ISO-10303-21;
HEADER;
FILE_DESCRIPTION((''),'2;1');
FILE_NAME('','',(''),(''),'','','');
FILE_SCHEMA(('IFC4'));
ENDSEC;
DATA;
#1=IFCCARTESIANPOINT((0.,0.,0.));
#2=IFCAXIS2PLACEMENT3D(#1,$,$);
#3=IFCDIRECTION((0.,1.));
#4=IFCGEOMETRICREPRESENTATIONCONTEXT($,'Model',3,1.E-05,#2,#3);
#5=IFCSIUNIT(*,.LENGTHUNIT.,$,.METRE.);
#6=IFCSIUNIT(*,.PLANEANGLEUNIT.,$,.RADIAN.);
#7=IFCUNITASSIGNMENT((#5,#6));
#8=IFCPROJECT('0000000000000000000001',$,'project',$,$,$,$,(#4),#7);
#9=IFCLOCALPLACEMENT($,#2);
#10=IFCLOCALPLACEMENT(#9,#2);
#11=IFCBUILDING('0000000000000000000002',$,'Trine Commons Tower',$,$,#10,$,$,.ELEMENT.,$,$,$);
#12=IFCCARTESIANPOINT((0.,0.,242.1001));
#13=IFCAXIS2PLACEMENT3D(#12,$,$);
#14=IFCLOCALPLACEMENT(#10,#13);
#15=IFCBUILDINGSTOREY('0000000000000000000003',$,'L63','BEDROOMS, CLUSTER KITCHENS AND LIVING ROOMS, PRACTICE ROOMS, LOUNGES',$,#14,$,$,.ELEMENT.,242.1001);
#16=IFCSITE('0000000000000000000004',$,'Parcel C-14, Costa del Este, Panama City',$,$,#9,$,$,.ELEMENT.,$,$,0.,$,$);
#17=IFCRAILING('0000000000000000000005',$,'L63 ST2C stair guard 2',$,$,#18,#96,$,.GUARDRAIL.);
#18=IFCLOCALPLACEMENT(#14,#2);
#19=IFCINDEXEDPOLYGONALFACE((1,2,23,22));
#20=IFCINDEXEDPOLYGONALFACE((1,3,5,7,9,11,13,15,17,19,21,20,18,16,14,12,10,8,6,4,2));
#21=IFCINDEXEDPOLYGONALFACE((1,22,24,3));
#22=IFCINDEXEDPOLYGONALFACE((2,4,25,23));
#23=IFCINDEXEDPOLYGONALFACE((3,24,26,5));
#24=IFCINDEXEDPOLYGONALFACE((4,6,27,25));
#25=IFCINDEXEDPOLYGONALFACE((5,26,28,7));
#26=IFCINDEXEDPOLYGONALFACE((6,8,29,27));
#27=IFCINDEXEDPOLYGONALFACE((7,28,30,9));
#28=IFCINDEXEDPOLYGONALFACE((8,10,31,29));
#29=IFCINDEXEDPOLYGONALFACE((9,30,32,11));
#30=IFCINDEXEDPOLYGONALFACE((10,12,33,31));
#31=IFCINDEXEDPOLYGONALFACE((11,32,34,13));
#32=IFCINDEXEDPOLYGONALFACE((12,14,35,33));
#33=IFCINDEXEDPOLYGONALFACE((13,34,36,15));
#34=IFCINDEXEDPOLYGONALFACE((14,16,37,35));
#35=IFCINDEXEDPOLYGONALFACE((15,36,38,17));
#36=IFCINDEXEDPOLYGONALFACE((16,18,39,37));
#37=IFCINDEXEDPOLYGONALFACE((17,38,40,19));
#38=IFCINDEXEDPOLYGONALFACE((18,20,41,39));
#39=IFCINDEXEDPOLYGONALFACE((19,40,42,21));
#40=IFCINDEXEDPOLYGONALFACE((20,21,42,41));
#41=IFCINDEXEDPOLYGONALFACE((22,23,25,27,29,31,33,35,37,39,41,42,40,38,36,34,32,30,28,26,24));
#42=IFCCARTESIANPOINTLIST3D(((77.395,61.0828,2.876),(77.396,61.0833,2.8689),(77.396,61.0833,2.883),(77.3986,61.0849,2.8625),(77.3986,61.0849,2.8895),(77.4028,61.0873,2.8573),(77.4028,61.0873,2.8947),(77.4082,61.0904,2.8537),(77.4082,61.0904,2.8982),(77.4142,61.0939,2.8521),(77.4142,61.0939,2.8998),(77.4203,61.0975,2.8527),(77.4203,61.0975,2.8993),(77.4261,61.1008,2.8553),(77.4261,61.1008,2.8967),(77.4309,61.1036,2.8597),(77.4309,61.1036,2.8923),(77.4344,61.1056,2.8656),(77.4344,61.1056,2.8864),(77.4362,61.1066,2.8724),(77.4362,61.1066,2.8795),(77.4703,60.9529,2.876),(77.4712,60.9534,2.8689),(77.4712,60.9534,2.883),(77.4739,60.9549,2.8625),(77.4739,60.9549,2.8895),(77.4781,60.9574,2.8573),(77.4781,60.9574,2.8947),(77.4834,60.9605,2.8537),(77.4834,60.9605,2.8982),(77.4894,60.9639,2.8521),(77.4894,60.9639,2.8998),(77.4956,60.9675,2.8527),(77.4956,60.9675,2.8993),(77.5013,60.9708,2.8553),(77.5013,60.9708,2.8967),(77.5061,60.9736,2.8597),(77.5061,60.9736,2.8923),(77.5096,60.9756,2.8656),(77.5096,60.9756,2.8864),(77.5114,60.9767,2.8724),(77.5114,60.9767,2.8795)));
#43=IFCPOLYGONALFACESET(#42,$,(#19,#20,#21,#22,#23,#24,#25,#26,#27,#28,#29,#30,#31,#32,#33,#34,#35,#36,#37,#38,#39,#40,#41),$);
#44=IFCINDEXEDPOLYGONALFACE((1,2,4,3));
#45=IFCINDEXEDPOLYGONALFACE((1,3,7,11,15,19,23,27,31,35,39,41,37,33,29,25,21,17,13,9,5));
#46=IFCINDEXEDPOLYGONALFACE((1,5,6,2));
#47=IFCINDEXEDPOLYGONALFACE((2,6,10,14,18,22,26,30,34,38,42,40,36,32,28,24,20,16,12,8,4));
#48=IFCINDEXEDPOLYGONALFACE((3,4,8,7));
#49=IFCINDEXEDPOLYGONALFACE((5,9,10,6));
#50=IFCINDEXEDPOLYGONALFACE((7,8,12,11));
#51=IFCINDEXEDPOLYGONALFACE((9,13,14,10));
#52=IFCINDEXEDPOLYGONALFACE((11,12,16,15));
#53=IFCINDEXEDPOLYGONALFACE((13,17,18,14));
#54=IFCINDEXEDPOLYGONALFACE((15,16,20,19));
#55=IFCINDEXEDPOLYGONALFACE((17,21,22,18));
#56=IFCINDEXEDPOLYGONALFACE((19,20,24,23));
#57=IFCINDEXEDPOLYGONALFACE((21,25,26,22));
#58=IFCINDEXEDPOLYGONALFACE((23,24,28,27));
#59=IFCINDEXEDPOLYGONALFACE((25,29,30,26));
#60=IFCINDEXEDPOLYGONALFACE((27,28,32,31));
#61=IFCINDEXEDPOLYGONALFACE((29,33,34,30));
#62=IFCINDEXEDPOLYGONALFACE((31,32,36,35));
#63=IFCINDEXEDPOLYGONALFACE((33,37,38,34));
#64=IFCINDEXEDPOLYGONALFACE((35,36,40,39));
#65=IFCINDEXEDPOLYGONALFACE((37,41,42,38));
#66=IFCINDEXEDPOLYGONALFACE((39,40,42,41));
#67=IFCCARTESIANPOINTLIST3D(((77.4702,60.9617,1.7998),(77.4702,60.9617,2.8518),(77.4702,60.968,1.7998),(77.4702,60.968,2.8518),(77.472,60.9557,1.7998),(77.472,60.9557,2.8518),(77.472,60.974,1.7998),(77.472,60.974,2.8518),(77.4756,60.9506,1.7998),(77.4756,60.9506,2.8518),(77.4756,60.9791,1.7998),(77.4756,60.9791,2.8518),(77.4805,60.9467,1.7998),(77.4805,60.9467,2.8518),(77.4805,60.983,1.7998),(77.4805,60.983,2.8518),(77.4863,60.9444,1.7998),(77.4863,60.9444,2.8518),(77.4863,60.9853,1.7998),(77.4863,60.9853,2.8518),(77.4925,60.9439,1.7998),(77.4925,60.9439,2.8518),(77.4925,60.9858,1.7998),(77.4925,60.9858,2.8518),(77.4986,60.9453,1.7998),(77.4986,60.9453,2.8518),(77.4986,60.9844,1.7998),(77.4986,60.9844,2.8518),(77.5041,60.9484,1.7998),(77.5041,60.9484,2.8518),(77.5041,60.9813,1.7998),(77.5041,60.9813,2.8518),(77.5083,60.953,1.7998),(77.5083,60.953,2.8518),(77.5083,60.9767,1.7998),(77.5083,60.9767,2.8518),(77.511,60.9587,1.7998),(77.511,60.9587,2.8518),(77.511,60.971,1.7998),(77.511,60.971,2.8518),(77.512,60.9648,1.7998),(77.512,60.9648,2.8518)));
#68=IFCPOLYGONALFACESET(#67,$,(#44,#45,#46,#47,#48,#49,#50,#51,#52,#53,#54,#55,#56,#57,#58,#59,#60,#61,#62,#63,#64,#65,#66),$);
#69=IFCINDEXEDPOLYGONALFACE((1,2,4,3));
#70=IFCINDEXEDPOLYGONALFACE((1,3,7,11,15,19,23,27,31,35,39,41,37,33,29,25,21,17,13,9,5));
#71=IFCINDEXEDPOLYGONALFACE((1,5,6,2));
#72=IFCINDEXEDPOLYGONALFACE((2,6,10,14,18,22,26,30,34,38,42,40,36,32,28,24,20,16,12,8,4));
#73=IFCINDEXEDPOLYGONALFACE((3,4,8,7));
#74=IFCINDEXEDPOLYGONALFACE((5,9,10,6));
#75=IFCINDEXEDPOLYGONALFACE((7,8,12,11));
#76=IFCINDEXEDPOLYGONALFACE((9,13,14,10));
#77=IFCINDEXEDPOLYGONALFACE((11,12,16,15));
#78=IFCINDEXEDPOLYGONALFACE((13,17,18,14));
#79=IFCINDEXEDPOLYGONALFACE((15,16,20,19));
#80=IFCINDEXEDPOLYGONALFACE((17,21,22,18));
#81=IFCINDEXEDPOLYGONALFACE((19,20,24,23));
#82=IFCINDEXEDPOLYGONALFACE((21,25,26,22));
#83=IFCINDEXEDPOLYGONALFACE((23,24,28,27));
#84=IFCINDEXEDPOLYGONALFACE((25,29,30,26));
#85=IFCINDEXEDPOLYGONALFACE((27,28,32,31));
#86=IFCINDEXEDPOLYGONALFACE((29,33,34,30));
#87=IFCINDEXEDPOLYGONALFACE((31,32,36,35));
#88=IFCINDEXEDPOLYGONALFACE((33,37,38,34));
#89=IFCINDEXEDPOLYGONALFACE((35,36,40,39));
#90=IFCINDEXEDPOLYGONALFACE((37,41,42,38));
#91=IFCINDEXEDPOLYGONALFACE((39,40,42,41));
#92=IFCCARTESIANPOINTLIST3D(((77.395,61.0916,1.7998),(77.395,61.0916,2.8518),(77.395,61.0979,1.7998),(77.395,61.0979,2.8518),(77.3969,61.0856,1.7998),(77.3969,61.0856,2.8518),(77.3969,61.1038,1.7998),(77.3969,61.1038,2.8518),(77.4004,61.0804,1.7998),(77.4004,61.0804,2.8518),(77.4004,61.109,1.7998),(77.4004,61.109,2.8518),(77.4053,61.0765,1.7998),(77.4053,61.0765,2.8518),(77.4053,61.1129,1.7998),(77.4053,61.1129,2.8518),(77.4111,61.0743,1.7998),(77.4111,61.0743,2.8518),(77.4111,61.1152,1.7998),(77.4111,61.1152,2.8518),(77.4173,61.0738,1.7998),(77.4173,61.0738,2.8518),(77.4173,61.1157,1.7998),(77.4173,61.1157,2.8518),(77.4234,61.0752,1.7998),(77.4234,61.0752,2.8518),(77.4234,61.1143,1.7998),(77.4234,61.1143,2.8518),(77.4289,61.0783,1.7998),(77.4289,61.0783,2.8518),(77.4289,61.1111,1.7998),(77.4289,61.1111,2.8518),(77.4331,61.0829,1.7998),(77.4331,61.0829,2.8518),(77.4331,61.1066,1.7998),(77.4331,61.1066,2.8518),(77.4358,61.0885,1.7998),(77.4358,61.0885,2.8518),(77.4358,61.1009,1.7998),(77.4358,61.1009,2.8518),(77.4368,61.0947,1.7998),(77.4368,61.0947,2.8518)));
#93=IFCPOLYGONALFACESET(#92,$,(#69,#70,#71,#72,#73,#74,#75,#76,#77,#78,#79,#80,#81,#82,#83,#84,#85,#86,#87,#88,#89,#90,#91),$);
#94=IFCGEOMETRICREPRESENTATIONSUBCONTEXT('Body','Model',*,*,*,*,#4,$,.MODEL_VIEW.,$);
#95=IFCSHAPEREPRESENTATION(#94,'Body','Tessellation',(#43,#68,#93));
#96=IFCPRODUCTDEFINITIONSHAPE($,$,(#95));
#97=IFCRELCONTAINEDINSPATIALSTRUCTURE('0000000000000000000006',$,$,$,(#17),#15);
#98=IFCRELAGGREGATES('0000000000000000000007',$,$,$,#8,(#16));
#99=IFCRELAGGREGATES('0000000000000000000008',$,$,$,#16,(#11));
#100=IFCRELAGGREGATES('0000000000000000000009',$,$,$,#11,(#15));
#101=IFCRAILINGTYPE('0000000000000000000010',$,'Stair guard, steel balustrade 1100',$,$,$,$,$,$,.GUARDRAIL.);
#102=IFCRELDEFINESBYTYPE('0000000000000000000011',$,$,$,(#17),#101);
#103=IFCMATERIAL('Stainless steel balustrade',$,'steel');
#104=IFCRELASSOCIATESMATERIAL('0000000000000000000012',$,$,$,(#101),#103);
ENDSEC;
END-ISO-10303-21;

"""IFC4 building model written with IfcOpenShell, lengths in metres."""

from ifc_helpers import new_model, si_unit, direction, frame, origin, origin_2d, place, context, subcontext, project, spatial, circle, extrude, material, type_object, element, save


model = new_model("IFC4")

# Units and contexts
model_context = context("Model", 3, precision=1e-05, world=origin(), true_north=direction((0.0, 1.0)))
body_context = subcontext(model_context, "Body", "Model", "MODEL_VIEW")
ifc_project = project(units=[si_unit("LENGTHUNIT", "METRE"), si_unit("PLANEANGLEUNIT", "RADIAN")], contexts=[model_context])

# Site, building, storey
site_placement = place(None, origin())
site = spatial("IfcSite", under=ifc_project, at=site_placement, Name="Parcel C-14, Costa del Este, Panama City", CompositionType="ELEMENT", RefElevation=0.0)
building_placement = place(site_placement, origin())
building = spatial("IfcBuilding", under=site, at=building_placement, Name="Trine Commons Tower", CompositionType="ELEMENT")
storey_placement = place(building_placement, frame((0.0, 0.0, 242.1001)))
storey = spatial("IfcBuildingStorey", under=building, at=storey_placement, Name="L63", Description="BEDROOMS, CLUSTER KITCHENS AND LIVING ROOMS, PRACTICE ROOMS, LOUNGES", CompositionType="ELEMENT", Elevation=242.1001)

# Railing
ifc_material_1 = material(Name="Stainless steel balustrade", Category="steel")
railing_type_1 = type_object("IfcRailingType", Name="Stair guard, steel balustrade 1100", PredefinedType="GUARDRAIL", material=ifc_material_1)
railing_1_placement = place(storey_placement, frame((77.491, 60.9648, 1.7998)))
element("IfcRailing", 1, at=railing_1_placement, inside=storey, type_object=railing_type_1, Name="L63 ST2C stair guard 2", PredefinedType="GUARDRAIL", context=body_context, shape_type="SweptSolid", body=[
    extrude(circle(Radius=0.0239, at=origin_2d()), frame((0.0, 0.0, 1.0762), z_axis=(-0.501036, 0.865426, 0.0), x_axis=(-0.865426, -0.501036, 0.0)), (0.0, 0.0, 1.0), 0.1501),
    extrude(circle(Radius=0.021, at=origin_2d()), origin(), (0.0, 0.0, 1.0), 1.052),
    extrude(circle(Radius=0.021, at=origin_2d()), frame((-0.0752, 0.1299, 0.0)), (0.0, 0.0, 1.0), 1.052),
])

save(model, "model.ifc")
